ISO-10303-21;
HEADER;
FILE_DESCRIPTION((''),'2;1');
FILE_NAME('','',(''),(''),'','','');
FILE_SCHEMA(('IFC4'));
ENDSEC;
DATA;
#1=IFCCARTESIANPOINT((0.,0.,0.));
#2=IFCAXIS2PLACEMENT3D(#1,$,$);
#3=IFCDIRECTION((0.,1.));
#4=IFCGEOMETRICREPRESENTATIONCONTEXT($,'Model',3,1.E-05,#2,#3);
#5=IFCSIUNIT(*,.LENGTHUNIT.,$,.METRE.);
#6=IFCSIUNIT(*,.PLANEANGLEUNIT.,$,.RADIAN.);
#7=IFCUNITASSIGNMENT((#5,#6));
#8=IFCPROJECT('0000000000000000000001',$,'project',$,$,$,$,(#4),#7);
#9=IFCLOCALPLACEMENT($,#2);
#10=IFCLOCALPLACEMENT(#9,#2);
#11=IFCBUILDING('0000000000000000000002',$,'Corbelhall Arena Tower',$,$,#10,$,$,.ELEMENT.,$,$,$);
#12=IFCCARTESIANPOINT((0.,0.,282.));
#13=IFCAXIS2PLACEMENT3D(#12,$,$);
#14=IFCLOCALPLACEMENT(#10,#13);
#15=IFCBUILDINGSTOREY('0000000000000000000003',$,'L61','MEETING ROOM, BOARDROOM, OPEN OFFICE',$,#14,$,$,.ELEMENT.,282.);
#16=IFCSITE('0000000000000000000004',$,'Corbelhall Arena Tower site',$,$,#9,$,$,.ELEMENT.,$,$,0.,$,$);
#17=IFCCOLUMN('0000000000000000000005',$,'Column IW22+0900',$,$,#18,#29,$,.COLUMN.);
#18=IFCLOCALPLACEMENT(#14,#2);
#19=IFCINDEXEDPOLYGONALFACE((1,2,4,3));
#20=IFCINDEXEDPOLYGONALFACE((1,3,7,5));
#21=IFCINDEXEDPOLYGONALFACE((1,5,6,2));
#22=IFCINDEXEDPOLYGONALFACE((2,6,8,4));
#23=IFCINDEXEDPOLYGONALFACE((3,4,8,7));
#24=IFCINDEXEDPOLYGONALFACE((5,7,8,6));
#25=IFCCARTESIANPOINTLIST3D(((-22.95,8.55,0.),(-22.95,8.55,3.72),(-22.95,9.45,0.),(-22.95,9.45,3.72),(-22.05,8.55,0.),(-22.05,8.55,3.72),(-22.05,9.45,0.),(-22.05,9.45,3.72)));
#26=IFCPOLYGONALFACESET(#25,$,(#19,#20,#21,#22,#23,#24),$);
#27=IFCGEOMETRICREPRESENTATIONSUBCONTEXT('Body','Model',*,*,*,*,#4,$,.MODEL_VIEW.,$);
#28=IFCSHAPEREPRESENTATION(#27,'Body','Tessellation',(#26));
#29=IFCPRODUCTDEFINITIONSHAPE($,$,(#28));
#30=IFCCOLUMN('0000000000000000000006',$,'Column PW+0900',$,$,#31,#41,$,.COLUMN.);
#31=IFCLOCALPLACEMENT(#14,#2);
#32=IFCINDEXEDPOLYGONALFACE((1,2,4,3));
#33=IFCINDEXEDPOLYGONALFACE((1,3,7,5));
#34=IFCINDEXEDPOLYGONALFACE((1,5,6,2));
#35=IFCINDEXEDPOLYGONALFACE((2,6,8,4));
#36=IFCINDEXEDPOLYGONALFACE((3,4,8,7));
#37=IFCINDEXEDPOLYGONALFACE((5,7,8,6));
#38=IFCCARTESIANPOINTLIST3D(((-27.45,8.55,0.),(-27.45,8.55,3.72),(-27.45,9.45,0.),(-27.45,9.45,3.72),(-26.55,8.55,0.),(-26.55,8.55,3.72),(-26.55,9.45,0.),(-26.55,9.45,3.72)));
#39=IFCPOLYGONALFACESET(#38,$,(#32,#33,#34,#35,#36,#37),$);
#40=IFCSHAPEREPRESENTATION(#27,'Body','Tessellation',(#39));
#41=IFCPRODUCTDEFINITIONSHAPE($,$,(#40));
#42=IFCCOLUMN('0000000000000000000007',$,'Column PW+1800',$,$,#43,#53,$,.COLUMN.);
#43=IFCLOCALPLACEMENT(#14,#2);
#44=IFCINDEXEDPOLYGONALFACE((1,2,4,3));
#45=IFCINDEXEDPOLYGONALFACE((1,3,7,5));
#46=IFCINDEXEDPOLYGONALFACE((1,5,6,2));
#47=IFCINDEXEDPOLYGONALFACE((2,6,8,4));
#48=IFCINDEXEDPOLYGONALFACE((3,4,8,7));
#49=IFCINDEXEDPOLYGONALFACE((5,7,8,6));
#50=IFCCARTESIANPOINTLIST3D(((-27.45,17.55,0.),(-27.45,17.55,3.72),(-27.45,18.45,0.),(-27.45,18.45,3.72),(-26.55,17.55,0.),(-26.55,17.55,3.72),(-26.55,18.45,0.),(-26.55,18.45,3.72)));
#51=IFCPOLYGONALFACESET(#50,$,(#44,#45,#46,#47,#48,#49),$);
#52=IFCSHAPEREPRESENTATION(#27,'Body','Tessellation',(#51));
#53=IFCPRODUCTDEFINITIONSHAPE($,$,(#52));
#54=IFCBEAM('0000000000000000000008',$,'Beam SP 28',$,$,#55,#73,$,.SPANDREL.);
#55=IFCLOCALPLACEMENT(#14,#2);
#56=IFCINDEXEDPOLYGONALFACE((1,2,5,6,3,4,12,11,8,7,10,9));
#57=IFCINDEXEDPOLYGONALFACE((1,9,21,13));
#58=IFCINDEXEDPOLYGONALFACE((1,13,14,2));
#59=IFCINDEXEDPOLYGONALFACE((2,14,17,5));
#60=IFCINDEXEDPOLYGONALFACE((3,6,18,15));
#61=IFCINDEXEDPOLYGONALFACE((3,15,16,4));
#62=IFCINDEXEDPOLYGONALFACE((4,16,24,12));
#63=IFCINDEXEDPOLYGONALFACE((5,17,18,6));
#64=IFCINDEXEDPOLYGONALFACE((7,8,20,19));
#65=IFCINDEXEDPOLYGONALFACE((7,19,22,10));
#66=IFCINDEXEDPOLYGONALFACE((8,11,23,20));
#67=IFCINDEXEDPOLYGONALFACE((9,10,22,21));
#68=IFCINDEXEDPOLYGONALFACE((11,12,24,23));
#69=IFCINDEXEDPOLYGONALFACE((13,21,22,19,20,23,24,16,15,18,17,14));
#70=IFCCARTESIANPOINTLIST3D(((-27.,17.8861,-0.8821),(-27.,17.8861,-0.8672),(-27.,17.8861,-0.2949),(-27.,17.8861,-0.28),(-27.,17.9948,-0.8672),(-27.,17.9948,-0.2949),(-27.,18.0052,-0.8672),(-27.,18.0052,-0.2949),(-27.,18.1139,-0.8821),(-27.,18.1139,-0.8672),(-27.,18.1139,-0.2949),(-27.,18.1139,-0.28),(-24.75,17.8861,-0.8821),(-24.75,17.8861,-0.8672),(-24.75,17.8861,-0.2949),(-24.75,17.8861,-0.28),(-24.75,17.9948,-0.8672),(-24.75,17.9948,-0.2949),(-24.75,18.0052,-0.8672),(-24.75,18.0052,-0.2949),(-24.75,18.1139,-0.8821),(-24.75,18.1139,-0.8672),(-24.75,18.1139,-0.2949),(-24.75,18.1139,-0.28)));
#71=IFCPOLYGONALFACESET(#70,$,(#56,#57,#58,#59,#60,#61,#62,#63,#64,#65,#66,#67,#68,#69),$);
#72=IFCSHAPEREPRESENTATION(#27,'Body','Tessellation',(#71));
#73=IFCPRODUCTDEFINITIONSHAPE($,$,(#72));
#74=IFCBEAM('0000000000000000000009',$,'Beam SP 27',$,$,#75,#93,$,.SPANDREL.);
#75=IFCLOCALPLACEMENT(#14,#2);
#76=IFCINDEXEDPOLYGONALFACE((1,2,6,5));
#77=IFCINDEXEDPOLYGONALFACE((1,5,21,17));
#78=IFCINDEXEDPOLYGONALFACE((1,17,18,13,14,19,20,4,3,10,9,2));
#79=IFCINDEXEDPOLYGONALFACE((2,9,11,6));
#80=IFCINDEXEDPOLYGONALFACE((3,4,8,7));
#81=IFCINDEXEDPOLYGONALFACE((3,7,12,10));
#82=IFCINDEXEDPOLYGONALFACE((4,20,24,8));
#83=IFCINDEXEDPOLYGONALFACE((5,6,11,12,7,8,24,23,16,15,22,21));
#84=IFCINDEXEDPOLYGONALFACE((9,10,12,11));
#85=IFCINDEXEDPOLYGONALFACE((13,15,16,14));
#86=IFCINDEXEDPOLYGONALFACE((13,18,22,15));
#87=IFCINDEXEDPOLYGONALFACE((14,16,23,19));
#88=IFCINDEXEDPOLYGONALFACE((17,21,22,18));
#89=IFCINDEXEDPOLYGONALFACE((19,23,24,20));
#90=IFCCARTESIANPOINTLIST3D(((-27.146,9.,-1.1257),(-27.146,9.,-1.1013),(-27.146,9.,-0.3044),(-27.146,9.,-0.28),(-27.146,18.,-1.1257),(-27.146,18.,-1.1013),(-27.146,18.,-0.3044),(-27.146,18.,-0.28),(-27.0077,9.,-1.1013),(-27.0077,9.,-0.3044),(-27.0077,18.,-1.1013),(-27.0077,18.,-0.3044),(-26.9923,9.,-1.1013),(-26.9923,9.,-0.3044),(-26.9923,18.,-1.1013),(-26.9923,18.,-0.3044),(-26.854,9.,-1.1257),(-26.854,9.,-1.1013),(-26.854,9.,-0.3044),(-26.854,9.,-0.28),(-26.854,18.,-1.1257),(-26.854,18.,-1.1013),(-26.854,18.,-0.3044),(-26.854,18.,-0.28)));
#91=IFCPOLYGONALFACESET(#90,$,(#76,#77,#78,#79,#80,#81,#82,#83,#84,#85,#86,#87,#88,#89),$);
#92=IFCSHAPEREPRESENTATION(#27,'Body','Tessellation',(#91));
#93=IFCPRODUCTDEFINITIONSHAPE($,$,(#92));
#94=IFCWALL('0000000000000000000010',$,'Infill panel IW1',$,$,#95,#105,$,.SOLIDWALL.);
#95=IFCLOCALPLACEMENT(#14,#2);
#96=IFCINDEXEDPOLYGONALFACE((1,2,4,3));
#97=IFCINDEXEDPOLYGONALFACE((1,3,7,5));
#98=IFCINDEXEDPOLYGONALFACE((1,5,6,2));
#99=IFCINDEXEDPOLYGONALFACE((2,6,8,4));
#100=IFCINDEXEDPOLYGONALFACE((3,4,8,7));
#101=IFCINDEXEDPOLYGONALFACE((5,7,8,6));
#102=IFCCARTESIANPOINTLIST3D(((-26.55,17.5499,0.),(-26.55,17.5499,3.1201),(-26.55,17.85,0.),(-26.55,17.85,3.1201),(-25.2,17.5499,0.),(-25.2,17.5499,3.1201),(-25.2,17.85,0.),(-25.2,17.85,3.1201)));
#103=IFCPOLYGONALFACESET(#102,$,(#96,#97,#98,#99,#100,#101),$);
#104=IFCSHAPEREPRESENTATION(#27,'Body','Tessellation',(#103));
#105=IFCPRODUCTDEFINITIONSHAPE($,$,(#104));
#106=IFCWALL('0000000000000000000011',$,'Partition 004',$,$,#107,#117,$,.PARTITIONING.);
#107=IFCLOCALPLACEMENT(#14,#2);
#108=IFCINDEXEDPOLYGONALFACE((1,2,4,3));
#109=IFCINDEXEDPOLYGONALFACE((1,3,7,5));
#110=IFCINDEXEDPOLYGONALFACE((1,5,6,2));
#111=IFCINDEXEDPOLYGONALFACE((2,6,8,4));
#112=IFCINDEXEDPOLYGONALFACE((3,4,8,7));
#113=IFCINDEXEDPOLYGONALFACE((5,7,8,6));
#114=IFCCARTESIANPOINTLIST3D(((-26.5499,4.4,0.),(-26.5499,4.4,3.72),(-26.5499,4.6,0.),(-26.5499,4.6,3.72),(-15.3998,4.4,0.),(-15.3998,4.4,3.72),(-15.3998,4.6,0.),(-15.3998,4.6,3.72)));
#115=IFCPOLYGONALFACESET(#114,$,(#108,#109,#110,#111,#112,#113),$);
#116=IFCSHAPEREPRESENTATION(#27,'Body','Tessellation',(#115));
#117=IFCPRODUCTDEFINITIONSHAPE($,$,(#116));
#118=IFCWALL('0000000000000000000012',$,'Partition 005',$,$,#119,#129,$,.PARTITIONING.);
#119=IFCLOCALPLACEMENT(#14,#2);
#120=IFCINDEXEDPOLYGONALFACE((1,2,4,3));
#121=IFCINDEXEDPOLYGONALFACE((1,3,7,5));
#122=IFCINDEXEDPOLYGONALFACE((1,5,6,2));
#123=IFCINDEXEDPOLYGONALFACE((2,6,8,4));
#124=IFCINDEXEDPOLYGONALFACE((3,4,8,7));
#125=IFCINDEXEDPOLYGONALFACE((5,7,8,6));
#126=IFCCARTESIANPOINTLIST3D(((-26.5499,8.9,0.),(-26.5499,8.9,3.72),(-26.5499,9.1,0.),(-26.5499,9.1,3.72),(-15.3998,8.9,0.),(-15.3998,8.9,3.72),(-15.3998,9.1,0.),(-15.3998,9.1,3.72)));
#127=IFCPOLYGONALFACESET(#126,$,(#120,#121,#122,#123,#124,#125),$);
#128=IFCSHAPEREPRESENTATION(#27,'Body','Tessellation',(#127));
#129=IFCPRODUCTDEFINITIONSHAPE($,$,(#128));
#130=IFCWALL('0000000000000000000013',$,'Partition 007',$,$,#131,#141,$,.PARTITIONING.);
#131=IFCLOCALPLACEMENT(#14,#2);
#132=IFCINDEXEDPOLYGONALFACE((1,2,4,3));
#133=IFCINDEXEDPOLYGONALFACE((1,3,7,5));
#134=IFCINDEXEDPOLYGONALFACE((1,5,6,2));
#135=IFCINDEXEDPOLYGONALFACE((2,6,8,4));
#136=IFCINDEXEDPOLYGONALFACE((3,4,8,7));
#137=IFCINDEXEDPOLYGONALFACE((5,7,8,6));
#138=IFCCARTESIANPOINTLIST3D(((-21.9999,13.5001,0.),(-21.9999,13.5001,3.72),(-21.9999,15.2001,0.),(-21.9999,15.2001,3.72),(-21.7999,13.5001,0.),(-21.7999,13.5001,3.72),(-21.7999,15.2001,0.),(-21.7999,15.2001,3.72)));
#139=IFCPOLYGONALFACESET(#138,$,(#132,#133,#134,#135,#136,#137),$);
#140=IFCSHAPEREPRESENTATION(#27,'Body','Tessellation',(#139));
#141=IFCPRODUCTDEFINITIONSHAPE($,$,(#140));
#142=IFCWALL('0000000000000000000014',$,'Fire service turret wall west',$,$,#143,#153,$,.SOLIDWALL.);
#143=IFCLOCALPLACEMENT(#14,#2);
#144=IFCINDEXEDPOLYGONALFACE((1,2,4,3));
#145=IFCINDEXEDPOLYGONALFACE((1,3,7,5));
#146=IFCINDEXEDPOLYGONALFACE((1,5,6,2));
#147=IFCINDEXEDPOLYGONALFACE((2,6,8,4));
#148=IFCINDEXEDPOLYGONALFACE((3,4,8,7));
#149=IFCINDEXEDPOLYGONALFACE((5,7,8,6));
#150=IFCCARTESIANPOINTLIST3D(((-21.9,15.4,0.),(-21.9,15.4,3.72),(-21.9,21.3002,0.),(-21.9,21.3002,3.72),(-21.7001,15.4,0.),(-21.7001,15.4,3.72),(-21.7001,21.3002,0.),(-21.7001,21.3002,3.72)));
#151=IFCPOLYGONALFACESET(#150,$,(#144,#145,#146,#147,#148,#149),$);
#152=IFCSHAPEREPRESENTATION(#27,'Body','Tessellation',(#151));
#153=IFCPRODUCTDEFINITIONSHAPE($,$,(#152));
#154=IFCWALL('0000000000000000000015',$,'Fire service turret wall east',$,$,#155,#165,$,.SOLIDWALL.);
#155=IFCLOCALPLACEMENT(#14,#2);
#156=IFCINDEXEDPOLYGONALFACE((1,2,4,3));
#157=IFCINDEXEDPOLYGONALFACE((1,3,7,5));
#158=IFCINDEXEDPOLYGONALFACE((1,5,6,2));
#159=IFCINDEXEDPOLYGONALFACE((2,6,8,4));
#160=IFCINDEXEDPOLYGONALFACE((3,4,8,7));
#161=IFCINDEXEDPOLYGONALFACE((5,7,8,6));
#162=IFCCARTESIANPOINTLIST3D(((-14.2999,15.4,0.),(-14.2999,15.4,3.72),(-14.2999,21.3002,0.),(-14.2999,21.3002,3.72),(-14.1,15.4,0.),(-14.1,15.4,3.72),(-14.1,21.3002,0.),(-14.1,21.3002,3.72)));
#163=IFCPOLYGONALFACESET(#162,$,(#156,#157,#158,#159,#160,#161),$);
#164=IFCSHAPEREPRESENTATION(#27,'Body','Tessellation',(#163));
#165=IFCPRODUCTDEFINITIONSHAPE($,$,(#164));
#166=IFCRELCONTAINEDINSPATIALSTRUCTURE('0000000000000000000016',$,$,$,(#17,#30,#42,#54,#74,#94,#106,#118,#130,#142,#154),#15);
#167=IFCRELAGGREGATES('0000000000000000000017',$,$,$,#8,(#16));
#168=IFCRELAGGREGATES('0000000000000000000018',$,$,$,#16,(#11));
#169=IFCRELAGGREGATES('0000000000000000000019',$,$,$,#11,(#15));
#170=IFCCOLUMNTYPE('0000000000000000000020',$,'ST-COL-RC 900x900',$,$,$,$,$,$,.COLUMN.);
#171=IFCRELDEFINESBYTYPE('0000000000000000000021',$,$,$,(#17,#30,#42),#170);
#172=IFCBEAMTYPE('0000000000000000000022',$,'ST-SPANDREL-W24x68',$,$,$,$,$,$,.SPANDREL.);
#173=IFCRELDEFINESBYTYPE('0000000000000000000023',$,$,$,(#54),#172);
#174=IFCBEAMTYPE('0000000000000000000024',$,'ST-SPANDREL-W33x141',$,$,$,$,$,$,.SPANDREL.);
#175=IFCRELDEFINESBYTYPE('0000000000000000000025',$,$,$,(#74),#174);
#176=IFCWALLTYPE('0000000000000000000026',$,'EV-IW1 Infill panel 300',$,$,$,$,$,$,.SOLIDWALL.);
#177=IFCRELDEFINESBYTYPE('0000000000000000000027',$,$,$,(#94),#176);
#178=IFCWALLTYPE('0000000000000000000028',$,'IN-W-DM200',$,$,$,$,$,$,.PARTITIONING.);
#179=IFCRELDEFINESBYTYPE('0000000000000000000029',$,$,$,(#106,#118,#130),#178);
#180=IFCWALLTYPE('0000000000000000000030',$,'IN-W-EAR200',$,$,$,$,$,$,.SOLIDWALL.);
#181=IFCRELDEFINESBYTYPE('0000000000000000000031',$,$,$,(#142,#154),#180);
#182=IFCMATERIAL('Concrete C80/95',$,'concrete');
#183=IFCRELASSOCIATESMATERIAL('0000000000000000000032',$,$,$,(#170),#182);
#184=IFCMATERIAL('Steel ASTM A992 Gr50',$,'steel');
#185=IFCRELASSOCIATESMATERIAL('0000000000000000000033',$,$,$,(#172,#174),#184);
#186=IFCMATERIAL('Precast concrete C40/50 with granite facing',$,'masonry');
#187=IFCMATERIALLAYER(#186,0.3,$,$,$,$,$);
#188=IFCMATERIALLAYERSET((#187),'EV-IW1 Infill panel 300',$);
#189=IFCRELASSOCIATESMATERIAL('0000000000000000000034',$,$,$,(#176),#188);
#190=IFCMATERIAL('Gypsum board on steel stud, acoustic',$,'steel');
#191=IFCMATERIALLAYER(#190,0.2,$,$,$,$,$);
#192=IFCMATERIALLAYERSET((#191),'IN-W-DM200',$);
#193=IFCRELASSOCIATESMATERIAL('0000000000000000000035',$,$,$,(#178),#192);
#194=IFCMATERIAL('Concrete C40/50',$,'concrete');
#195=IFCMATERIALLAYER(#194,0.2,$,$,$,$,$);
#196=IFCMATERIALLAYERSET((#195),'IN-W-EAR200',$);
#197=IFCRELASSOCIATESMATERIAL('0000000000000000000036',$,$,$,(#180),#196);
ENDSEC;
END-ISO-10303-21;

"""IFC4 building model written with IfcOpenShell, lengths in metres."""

from ifc_helpers import new_model, si_unit, direction, frame, frame_2d, origin, origin_2d, place, context, subcontext, project, spatial, rectangle, i_section, extrude, material, layer, layer_set, material_profile, profile_set, type_object, element, save


model = new_model("IFC4")

# Units and contexts
model_context = context("Model", 3, precision=1e-05, world=origin(), true_north=direction((0.0, 1.0)))
body_context = subcontext(model_context, "Body", "Model", "MODEL_VIEW")
ifc_project = project(units=[si_unit("LENGTHUNIT", "METRE"), si_unit("PLANEANGLEUNIT", "RADIAN")], contexts=[model_context])

# Site, building, storey
site_placement = place(None, origin())
site = spatial("IfcSite", under=ifc_project, at=site_placement, Name="Corbelhall Arena Tower site", CompositionType="ELEMENT", RefElevation=0.0)
building_placement = place(site_placement, origin())
building = spatial("IfcBuilding", under=site, at=building_placement, Name="Corbelhall Arena Tower", CompositionType="ELEMENT")
storey_placement = place(building_placement, frame((0.0, 0.0, 282.0)))
storey = spatial("IfcBuildingStorey", under=building, at=storey_placement, Name="L61", Description="MEETING ROOM, BOARDROOM, OPEN OFFICE", CompositionType="ELEMENT", Elevation=282.0)

# Columns
ifc_material_1 = material(Name="Concrete C80/95", Category="concrete")
ifc_material_profile_1 = material_profile(ifc_material_1, rectangle(XDim=0.8999, YDim=0.8999, at=origin_2d()))
ifc_profile_set_1 = profile_set([ifc_material_profile_1], Name="Concrete C80/95")
column_type = type_object("IfcColumnType", Name="ST-COL-RC 900x900", PredefinedType="COLUMN", material=ifc_profile_set_1)
for number, where, z_axis, x_axis, name in (
    (1, (-22.5, 9.0, 0.0), (0.0, 0.0, 1.0), (1.0, 0.0, 0.0), "Column IW22+0900"),
    (2, (-27.0, 9.0, 0.0), (0.0, 0.0, 1.0), (0.0, 1.0, 0.0), "Column PW+0900"),
    (3, (-27.0, 18.0, 0.0), (0.0, 0.0, 1.0), (0.0, 1.0, 0.0), "Column PW+1800"),
):
    element("IfcColumn", number, at=place(storey_placement, frame(where, z_axis=z_axis, x_axis=x_axis)), inside=storey, type_object=column_type, Name=name, PredefinedType="COLUMN", context=body_context, shape_type="SweptSolid", body=[
        extrude(rectangle(XDim=0.8999, YDim=0.8999, at=origin_2d()), origin(), (0.0, 0.0, 1.0), 3.72),
    ])

# Beams
ifc_material_2 = material(Name="Steel ASTM A992 Gr50", Category="steel")
ifc_material_profile_2 = material_profile(ifc_material_2, i_section(OverallWidth=0.2278, OverallDepth=0.6021, WebThickness=0.0105, FlangeThickness=0.0149, at=origin_2d()))
ifc_profile_set_2 = profile_set([ifc_material_profile_2], Name="Steel ASTM A992 Gr50")
beam_type_1 = type_object("IfcBeamType", Name="ST-SPANDREL-W24x68", PredefinedType="SPANDREL", material=ifc_profile_set_2)
beam_1_placement = place(storey_placement, frame((-27.0, 18.0, -0.5811), z_axis=(1.0, 0.0, 0.0), x_axis=(0.0, 1.0, 0.0)))
element("IfcBeam", 4, at=beam_1_placement, inside=storey, type_object=beam_type_1, Name="Beam SP 28", PredefinedType="SPANDREL", context=body_context, shape_type="SweptSolid", body=[
    extrude(i_section(OverallWidth=0.2278, OverallDepth=0.6021, WebThickness=0.0105, FlangeThickness=0.0149, at=origin_2d()), origin(), (0.0, 0.0, 1.0), 2.25),
])
ifc_material_profile_3 = material_profile(ifc_material_2, i_section(OverallWidth=0.292, OverallDepth=0.8457, WebThickness=0.0154, FlangeThickness=0.0244, at=origin_2d()))
ifc_profile_set_3 = profile_set([ifc_material_profile_3], Name="Steel ASTM A992 Gr50")
beam_type_2 = type_object("IfcBeamType", Name="ST-SPANDREL-W33x141", PredefinedType="SPANDREL", material=ifc_profile_set_3)
beam_2_placement = place(storey_placement, frame((-27.0, 9.0, -0.7029), z_axis=(0.0, 1.0, 0.0), x_axis=(-1.0, 0.0, 0.0)))
element("IfcBeam", 5, at=beam_2_placement, inside=storey, type_object=beam_type_2, Name="Beam SP 27", PredefinedType="SPANDREL", context=body_context, shape_type="SweptSolid", body=[
    extrude(i_section(OverallWidth=0.292, OverallDepth=0.8457, WebThickness=0.0154, FlangeThickness=0.0244, at=origin_2d()), origin(), (0.0, 0.0, 1.0), 9.0),
])

# Wall
ifc_material_3 = material(Name="Precast concrete C40/50 with granite facing", Category="masonry")
ifc_layer_1 = layer(ifc_material_3, 0.3)
ifc_layer_set_1 = layer_set([ifc_layer_1], Name="EV-IW1 Infill panel 300")
wall_type_1 = type_object("IfcWallType", Name="EV-IW1 Infill panel 300", PredefinedType="SOLIDWALL", material=ifc_layer_set_1)
wall_1_placement = place(storey_placement, frame((-25.2, 17.7, 0.0), z_axis=(0.0, 0.0, 1.0), x_axis=(-1.0, 0.0, 0.0)))
element("IfcWall", 6, at=wall_1_placement, inside=storey, type_object=wall_type_1, Name="Infill panel IW1", PredefinedType="SOLIDWALL", context=body_context, shape_type="SweptSolid", body=[
    extrude(rectangle(XDim=1.3501, YDim=0.3, at=frame_2d((0.675, 0.0))), origin(), (0.0, 0.0, 1.0), 3.1201),
])

# Walls
ifc_material_4 = material(Name="Gypsum board on steel stud, acoustic", Category="steel")
ifc_layer_2 = layer(ifc_material_4, 0.2)
ifc_layer_set_2 = layer_set([ifc_layer_2], Name="IN-W-DM200")
wall_type_2 = type_object("IfcWallType", Name="IN-W-DM200", PredefinedType="PARTITIONING", material=ifc_layer_set_2)
for number, where, z_axis, x_axis, name in (
    (7, (-26.55, 4.5, 0.0), (0.0, 0.0, 1.0), (1.0, 0.0, 0.0), "Partition 004"),
    (8, (-26.55, 9.0, 0.0), (0.0, 0.0, 1.0), (1.0, 0.0, 0.0), "Partition 005"),
):
    element("IfcWall", number, at=place(storey_placement, frame(where, z_axis=z_axis, x_axis=x_axis)), inside=storey, type_object=wall_type_2, Name=name, PredefinedType="PARTITIONING", context=body_context, shape_type="SweptSolid", body=[
        extrude(rectangle(XDim=11.1501, YDim=0.2, at=frame_2d((5.5752, 0.0))), origin(), (0.0, 0.0, 1.0), 3.72),
    ])
wall_2_placement = place(storey_placement, frame((-21.8999, 13.5, 0.0), z_axis=(0.0, 0.0, 1.0), x_axis=(0.0, 1.0, 0.0)))
element("IfcWall", 9, at=wall_2_placement, inside=storey, type_object=wall_type_2, Name="Partition 007", PredefinedType="PARTITIONING", context=body_context, shape_type="SweptSolid", body=[
    extrude(rectangle(XDim=1.7, YDim=0.2, at=frame_2d((0.8501, 0.0))), origin(), (0.0, 0.0, 1.0), 3.72),
])

# Shared definitions
ifc_material_5 = material(Name="Concrete C40/50", Category="concrete")
ifc_layer_3 = layer(ifc_material_5, 0.2)
ifc_layer_set_3 = layer_set([ifc_layer_3], Name="IN-W-EAR200")
wall_type_3 = type_object("IfcWallType", Name="IN-W-EAR200", PredefinedType="SOLIDWALL", material=ifc_layer_set_3)

# Walls
for number, where, z_axis, x_axis, name in (
    (10, (-21.8, 15.3999, 0.0), (0.0, 0.0, 1.0), (0.0, 1.0, 0.0), "Fire service turret wall west"),
    (11, (-14.2, 15.3999, 0.0), (0.0, 0.0, 1.0), (0.0, 1.0, 0.0), "Fire service turret wall east"),
):
    element("IfcWall", number, at=place(storey_placement, frame(where, z_axis=z_axis, x_axis=x_axis)), inside=storey, type_object=wall_type_3, Name=name, PredefinedType="SOLIDWALL", context=body_context, shape_type="SweptSolid", body=[
        extrude(rectangle(XDim=5.9001, YDim=0.2, at=frame_2d((2.9502, 0.0))), origin(), (0.0, 0.0, 1.0), 3.72),
    ])

save(model, "model.ifc")
